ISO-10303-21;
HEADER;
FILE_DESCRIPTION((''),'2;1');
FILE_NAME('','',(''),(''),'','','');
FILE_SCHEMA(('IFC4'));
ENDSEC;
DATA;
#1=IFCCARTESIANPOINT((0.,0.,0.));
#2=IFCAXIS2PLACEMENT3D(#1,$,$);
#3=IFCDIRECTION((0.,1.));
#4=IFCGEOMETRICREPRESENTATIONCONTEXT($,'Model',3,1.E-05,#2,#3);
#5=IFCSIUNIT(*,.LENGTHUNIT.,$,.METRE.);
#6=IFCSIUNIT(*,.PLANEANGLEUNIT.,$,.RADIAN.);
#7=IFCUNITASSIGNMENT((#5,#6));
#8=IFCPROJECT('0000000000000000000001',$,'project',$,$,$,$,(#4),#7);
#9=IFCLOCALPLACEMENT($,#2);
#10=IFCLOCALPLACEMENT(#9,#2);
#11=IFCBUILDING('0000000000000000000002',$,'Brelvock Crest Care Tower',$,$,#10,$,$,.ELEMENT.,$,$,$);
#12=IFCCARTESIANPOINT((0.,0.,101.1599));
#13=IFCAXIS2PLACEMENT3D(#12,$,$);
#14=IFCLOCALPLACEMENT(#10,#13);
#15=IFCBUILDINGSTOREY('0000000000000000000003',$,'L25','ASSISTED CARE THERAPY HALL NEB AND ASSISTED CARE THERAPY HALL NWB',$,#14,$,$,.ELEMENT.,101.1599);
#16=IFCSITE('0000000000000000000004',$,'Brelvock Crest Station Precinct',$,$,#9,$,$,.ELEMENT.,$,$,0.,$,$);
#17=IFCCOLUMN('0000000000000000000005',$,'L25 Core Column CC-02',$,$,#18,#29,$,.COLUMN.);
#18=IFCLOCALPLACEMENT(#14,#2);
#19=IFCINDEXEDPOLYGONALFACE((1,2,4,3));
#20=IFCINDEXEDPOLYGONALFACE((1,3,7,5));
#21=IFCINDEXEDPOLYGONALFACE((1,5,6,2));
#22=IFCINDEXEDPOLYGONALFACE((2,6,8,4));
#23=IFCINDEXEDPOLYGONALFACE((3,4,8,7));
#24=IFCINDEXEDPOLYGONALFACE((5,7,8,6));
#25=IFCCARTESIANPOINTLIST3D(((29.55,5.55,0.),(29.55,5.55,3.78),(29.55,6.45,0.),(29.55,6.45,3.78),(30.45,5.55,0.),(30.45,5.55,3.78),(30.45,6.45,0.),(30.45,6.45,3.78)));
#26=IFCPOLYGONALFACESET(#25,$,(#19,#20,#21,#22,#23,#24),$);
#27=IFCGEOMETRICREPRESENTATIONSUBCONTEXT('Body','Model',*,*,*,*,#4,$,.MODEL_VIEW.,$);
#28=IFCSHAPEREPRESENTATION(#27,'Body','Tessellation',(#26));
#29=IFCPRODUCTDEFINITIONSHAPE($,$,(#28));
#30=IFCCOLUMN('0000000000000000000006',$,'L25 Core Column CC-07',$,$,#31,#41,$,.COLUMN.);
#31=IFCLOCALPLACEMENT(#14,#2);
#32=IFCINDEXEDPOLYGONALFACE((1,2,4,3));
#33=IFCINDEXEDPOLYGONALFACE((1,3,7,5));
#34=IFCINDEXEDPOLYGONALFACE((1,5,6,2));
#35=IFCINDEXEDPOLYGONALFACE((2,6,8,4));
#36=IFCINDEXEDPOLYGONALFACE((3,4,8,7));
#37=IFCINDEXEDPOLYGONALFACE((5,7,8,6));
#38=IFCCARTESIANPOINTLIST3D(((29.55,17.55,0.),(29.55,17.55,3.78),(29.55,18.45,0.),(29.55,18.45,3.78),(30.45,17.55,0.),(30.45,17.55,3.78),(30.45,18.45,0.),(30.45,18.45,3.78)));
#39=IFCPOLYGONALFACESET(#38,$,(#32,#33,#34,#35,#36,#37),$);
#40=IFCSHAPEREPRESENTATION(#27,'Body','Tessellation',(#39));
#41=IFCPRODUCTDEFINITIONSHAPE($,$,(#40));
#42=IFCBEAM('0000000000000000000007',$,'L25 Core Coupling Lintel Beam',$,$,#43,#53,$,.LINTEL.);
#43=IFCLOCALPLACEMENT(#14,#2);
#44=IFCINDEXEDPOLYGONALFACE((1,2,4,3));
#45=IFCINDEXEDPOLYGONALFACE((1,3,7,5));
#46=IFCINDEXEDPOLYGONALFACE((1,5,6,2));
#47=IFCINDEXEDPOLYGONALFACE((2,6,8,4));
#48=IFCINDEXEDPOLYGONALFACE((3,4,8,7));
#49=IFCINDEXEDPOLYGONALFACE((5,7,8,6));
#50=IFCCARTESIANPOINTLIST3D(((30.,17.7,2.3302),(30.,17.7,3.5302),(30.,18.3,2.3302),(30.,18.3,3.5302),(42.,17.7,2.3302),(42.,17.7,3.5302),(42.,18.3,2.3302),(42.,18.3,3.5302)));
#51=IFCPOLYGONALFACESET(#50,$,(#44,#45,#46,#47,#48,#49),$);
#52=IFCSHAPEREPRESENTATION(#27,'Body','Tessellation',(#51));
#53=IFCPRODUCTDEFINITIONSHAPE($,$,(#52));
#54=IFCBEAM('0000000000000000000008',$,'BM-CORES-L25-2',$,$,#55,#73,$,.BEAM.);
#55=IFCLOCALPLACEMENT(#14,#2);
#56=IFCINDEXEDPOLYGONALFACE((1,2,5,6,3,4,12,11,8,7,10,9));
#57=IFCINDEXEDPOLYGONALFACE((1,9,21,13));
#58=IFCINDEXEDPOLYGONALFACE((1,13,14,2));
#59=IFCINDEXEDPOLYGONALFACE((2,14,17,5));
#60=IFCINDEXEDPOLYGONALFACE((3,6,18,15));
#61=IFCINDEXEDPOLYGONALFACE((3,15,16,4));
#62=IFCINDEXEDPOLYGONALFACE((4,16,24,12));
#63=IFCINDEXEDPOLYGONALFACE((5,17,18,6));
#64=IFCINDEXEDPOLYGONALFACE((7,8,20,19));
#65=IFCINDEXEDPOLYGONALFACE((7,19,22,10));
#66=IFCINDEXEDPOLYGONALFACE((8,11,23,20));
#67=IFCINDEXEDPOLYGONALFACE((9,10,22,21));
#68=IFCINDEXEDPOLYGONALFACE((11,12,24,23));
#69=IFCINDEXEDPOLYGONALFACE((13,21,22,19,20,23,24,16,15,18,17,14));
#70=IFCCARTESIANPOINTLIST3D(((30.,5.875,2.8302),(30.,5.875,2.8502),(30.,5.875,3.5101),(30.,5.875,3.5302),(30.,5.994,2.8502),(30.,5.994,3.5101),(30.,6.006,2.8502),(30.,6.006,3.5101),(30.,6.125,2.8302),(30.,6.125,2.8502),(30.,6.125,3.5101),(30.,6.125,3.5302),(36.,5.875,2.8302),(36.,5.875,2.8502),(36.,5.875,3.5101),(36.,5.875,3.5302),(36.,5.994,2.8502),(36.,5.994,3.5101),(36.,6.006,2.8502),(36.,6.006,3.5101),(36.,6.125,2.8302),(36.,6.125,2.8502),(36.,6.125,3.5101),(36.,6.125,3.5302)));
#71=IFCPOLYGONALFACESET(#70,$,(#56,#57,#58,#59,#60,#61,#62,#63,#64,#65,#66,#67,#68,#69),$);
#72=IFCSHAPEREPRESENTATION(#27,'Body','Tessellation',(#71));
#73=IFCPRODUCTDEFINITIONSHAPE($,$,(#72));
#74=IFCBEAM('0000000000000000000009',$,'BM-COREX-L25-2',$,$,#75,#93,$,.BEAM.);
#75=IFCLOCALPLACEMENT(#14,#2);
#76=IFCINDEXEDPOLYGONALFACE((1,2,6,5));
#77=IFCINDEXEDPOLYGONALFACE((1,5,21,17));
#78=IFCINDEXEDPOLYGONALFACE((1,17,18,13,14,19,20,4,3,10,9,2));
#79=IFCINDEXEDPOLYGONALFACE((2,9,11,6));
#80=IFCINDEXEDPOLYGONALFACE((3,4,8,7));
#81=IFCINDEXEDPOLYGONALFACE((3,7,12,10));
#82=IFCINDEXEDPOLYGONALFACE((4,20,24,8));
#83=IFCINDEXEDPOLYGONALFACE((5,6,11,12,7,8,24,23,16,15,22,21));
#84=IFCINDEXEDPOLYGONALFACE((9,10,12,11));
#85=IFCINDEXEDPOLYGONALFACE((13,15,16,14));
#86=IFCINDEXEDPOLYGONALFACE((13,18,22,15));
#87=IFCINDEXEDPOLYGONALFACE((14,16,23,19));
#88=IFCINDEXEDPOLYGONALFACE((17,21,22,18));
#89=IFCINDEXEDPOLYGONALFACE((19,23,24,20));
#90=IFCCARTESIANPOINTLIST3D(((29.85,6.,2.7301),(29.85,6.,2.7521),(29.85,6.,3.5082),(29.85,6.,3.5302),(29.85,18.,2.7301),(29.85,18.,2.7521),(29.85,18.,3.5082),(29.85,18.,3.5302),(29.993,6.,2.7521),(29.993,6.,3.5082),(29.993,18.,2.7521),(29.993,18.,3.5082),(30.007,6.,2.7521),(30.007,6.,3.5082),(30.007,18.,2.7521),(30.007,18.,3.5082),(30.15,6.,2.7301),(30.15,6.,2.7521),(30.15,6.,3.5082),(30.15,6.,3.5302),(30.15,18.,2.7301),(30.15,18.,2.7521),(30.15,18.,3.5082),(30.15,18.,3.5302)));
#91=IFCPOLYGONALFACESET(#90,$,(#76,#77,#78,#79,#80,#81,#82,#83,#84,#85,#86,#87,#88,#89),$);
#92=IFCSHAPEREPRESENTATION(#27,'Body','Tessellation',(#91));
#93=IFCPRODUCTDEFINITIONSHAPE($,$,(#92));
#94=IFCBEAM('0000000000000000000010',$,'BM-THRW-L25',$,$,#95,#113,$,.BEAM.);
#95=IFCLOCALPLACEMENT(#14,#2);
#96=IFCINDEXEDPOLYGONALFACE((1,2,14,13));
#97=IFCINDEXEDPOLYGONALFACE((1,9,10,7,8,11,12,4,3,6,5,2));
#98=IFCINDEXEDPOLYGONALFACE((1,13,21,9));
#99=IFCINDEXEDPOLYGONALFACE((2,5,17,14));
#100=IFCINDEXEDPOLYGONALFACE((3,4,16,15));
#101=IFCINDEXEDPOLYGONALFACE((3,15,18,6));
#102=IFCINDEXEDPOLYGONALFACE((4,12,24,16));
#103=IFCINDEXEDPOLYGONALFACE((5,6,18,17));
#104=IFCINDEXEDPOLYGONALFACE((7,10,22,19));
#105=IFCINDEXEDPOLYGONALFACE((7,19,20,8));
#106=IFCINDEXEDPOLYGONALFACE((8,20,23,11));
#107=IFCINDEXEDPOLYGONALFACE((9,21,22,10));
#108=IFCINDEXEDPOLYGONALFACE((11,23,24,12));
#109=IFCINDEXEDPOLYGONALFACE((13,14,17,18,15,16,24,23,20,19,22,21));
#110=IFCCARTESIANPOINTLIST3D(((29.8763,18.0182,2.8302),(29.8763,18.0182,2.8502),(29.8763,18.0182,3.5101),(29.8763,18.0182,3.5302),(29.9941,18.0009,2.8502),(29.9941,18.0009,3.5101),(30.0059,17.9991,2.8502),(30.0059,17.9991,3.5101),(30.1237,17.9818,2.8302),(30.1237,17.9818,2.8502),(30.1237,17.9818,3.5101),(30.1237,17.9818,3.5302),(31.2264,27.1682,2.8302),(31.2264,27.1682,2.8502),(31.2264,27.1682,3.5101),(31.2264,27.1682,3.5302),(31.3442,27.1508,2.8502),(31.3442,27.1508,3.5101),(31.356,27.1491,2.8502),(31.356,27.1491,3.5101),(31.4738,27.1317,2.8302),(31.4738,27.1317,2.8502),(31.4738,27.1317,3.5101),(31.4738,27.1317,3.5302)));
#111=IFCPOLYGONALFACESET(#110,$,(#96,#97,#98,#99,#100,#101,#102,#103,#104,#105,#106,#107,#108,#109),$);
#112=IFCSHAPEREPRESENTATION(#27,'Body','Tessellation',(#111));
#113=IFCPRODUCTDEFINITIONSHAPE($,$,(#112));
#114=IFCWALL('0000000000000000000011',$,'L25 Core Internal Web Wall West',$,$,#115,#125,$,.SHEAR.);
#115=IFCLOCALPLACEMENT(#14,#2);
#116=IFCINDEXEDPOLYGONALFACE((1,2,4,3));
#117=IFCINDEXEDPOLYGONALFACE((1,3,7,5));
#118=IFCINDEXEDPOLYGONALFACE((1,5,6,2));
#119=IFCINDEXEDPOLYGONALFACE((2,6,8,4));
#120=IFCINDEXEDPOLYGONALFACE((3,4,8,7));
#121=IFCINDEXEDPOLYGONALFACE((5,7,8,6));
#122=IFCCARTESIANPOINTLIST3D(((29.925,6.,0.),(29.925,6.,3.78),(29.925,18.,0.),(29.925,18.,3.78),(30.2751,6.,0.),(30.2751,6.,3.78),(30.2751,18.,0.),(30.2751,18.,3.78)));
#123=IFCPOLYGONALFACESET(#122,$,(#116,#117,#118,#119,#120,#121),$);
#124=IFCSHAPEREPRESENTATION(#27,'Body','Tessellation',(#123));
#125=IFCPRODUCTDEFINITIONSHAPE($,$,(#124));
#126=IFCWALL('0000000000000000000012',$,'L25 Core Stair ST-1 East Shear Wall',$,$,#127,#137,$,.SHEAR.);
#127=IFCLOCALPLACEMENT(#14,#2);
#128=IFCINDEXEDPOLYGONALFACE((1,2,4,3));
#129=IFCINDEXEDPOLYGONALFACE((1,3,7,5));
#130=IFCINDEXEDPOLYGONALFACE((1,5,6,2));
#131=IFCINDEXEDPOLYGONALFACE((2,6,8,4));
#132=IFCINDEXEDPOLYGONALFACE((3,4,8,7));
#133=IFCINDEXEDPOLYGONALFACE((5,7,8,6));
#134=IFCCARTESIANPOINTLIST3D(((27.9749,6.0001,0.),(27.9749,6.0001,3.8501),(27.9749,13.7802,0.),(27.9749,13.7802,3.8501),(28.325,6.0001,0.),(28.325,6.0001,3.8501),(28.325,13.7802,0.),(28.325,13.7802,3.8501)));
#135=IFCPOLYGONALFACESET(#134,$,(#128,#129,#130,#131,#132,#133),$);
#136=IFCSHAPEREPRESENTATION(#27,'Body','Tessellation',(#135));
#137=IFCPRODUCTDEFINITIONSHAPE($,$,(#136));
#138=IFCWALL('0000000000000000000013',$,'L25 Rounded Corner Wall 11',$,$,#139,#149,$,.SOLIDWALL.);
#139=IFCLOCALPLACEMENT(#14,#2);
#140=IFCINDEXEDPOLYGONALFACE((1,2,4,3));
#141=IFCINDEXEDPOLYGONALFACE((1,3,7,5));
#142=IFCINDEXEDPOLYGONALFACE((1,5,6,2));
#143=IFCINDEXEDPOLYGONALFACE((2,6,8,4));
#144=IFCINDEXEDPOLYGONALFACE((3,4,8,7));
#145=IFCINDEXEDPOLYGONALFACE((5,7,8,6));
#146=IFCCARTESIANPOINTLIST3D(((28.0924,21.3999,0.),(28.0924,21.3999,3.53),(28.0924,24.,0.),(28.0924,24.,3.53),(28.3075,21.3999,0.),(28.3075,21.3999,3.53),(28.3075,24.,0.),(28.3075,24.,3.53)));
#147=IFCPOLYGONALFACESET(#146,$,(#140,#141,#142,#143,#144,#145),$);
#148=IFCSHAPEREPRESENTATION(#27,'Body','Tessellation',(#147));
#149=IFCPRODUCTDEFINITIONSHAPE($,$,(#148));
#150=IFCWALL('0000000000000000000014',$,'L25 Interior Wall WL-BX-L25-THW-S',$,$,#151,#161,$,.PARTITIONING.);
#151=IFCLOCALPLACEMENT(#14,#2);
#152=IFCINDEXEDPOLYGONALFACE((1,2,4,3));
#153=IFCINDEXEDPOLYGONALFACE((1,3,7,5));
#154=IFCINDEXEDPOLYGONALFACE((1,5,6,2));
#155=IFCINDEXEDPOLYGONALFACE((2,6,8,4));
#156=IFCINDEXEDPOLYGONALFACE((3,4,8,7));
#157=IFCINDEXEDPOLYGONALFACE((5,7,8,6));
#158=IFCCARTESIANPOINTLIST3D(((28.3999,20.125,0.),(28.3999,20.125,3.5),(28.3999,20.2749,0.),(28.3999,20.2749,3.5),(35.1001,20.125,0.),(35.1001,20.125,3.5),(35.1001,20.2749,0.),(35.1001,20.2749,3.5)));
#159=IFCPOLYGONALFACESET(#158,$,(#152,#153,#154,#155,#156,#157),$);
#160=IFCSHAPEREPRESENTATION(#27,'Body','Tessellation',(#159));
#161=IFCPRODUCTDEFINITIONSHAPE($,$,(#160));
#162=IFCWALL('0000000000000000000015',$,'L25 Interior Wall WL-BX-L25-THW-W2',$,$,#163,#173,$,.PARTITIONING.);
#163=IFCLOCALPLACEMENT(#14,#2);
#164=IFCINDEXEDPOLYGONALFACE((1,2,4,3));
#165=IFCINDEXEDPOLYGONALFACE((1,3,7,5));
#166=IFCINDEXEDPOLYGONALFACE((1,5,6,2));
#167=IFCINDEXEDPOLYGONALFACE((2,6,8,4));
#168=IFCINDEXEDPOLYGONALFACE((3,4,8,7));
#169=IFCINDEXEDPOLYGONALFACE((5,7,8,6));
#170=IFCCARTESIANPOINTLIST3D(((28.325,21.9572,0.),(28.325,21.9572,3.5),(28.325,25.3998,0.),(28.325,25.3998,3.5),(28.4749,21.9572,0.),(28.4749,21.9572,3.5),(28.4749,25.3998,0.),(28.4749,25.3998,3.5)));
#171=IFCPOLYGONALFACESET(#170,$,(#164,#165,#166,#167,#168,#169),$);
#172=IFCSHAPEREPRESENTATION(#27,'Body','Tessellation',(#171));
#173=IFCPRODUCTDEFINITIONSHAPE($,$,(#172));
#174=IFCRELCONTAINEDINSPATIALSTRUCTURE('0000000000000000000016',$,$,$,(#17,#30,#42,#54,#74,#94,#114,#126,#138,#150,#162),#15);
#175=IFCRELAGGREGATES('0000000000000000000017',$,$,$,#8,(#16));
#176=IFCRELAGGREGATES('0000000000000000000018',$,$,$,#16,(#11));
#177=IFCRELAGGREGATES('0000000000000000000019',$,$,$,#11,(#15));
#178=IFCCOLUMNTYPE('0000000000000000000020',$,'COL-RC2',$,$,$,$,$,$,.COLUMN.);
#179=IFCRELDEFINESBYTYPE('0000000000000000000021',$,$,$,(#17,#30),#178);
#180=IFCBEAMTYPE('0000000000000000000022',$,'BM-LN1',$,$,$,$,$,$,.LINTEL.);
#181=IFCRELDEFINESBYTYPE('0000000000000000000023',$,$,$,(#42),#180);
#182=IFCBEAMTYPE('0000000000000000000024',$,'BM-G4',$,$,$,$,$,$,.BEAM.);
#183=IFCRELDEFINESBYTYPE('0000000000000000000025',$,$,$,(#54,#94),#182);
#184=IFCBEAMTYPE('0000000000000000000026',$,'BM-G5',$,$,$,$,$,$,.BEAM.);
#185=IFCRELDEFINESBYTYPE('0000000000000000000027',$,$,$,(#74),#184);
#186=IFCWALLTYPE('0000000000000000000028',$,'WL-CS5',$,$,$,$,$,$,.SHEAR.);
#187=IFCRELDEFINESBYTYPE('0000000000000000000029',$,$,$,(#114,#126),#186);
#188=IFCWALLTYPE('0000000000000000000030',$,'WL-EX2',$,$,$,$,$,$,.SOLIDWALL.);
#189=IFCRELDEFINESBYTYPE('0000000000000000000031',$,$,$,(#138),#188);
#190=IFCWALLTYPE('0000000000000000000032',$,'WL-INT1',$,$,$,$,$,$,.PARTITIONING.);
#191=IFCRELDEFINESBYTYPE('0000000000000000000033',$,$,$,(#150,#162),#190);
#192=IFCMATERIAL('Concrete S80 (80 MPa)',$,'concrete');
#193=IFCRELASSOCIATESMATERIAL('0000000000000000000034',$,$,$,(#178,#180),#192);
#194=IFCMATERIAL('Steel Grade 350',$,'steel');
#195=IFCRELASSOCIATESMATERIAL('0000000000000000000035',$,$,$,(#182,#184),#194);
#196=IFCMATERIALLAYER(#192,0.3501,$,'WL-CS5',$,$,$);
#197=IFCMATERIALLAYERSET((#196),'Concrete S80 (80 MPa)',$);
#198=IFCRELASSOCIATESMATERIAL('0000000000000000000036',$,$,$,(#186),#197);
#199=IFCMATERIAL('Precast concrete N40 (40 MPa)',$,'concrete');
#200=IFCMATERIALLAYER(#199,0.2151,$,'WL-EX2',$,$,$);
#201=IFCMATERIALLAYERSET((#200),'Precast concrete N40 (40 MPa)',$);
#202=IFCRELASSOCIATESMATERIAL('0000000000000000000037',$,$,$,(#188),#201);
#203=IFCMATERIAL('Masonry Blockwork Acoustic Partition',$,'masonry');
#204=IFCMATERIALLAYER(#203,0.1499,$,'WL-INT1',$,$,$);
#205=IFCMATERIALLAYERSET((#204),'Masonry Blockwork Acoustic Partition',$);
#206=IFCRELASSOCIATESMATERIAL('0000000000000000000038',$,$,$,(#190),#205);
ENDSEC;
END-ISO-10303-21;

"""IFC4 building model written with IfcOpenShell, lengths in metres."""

from ifc_helpers import new_model, si_unit, direction, frame, frame_2d, origin, origin_2d, place, context, subcontext, project, spatial, rectangle, i_section, extrude, source, transform, mapped, material, layer, layer_set, material_profile, profile_set, type_object, element, save


model = new_model("IFC4")

# Units and contexts
model_context = context("Model", 3, precision=1e-05, world=origin(), true_north=direction((0.0, 1.0)))
body_context = subcontext(model_context, "Body", "Model", "MODEL_VIEW")
ifc_project = project(units=[si_unit("LENGTHUNIT", "METRE"), si_unit("PLANEANGLEUNIT", "RADIAN")], contexts=[model_context])

# Site, building, storey
site_placement = place(None, origin())
site = spatial("IfcSite", under=ifc_project, at=site_placement, Name="Brelvock Crest Station Precinct", CompositionType="ELEMENT", RefElevation=0.0)
building_placement = place(site_placement, origin())
building = spatial("IfcBuilding", under=site, at=building_placement, Name="Brelvock Crest Care Tower", CompositionType="ELEMENT")
storey_placement = place(building_placement, frame((0.0, 0.0, 101.1599)))
storey = spatial("IfcBuildingStorey", under=building, at=storey_placement, Name="L25", Description="ASSISTED CARE THERAPY HALL NEB AND ASSISTED CARE THERAPY HALL NWB", CompositionType="ELEMENT", Elevation=101.1599)

# Columns
ifc_material_1 = material(Name="Concrete S80 (80 MPa)", Category="concrete")
ifc_material_profile_1 = material_profile(ifc_material_1, rectangle(XDim=0.8999, YDim=0.8999, at=origin_2d()), Name="RC900x900")
ifc_profile_set_1 = profile_set([ifc_material_profile_1], Name="Concrete S80 (80 MPa)")
column_type = type_object("IfcColumnType", Name="COL-RC2", PredefinedType="COLUMN", material=ifc_profile_set_1)
shared_shape_1 = source(origin(), body_context, "Body", "SweptSolid", [
    extrude(rectangle(XDim=0.8999, YDim=0.8999, at=origin_2d()), origin(), (0.0, 0.0, 1.0), 3.78),
])
for number, where, z_axis, x_axis, name in (
    (1, (30.0, 6.0, 0.0), (0.0, 0.0, 1.0), (1.0, 0.0, 0.0), "L25 Core Column CC-02"),
    (2, (30.0, 18.0, 0.0), (0.0, 0.0, 1.0), (1.0, 0.0, 0.0), "L25 Core Column CC-07"),
):
    element("IfcColumn", number, at=place(storey_placement, frame(where, z_axis=z_axis, x_axis=x_axis)), inside=storey, type_object=column_type, Name=name, PredefinedType="COLUMN", context=body_context, shape_type="MappedRepresentation", body=[
        mapped(shared_shape_1, transform((0.0, 0.0, 0.0), x_axis=(1.0, 0.0, 0.0), y_axis=(0.0, 1.0, 0.0), z_axis=(0.0, 0.0, 1.0), scale=1.0)),
    ])

# Beams
ifc_material_profile_2 = material_profile(ifc_material_1, rectangle(XDim=0.6001, YDim=1.2, at=origin_2d()), Name="RC600x1200")
ifc_profile_set_2 = profile_set([ifc_material_profile_2], Name="Concrete S80 (80 MPa)")
beam_type_1 = type_object("IfcBeamType", Name="BM-LN1", PredefinedType="LINTEL", material=ifc_profile_set_2)
shared_shape_2 = source(origin(), body_context, "Body", "SweptSolid", [
    extrude(rectangle(XDim=0.6001, YDim=1.2, at=origin_2d()), origin(), (0.0, 0.0, 1.0), 12.0),
])
beam_1_placement = place(storey_placement, frame((30.0, 18.0, 2.9302), z_axis=(1.0, 0.0, 0.0), x_axis=(0.0, 1.0, 0.0)))
element("IfcBeam", 3, at=beam_1_placement, inside=storey, type_object=beam_type_1, Name="L25 Core Coupling Lintel Beam", PredefinedType="LINTEL", context=body_context, shape_type="MappedRepresentation", body=[
    mapped(shared_shape_2, transform((0.0, 0.0, 0.0), x_axis=(1.0, 0.0, 0.0), y_axis=(0.0, 1.0, 0.0), z_axis=(0.0, 0.0, 1.0), scale=1.0)),
])
ifc_material_2 = material(Name="Steel Grade 350", Category="steel")
ifc_material_profile_3 = material_profile(ifc_material_2, i_section(OverallWidth=0.25, OverallDepth=0.7, WebThickness=0.012, FlangeThickness=0.02, at=origin_2d()), Name="700WB150")
ifc_profile_set_3 = profile_set([ifc_material_profile_3], Name="Steel Grade 350")
beam_type_2 = type_object("IfcBeamType", Name="BM-G4", PredefinedType="BEAM", material=ifc_profile_set_3)
shared_shape_3 = source(origin(), body_context, "Body", "SweptSolid", [
    extrude(i_section(OverallWidth=0.25, OverallDepth=0.7, WebThickness=0.012, FlangeThickness=0.02, at=origin_2d()), origin(), (0.0, 0.0, 1.0), 6.0),
])
beam_2_placement = place(storey_placement, frame((30.0, 6.0, 3.1802), z_axis=(1.0, 0.0, 0.0), x_axis=(0.0, 1.0, 0.0)))
element("IfcBeam", 4, at=beam_2_placement, inside=storey, type_object=beam_type_2, Name="BM-CORES-L25-2", PredefinedType="BEAM", context=body_context, shape_type="MappedRepresentation", body=[
    mapped(shared_shape_3, transform((0.0, 0.0, 0.0), x_axis=(1.0, 0.0, 0.0), y_axis=(0.0, 1.0, 0.0), z_axis=(0.0, 0.0, 1.0), scale=1.0)),
])
ifc_material_profile_4 = material_profile(ifc_material_2, i_section(OverallWidth=0.3, OverallDepth=0.8, WebThickness=0.0139, FlangeThickness=0.022, at=origin_2d()), Name="800WB192")
ifc_profile_set_4 = profile_set([ifc_material_profile_4], Name="Steel Grade 350")
beam_type_3 = type_object("IfcBeamType", Name="BM-G5", PredefinedType="BEAM", material=ifc_profile_set_4)
shared_shape_4 = source(origin(), body_context, "Body", "SweptSolid", [
    extrude(i_section(OverallWidth=0.3, OverallDepth=0.8, WebThickness=0.0139, FlangeThickness=0.022, at=origin_2d()), origin(), (0.0, 0.0, 1.0), 12.0),
])
beam_3_placement = place(storey_placement, frame((30.0, 6.0, 3.1301), z_axis=(0.0, 1.0, 0.0), x_axis=(-1.0, 0.0, 0.0)))
element("IfcBeam", 5, at=beam_3_placement, inside=storey, type_object=beam_type_3, Name="BM-COREX-L25-2", PredefinedType="BEAM", context=body_context, shape_type="MappedRepresentation", body=[
    mapped(shared_shape_4, transform((0.0, 0.0, 0.0), x_axis=(1.0, 0.0, 0.0), y_axis=(0.0, 1.0, 0.0), z_axis=(0.0, 0.0, 1.0), scale=1.0)),
])
shared_shape_5 = source(origin(), body_context, "Body", "SweptSolid", [
    extrude(i_section(OverallWidth=0.25, OverallDepth=0.7, WebThickness=0.012, FlangeThickness=0.02, at=origin_2d()), origin(), (0.0, 0.0, 1.0), 9.249),
])
beam_4_placement = place(storey_placement, frame((30.0, 18.0, 3.1802), z_axis=(0.145973, 0.989289, 0.0), x_axis=(-0.989289, 0.145973, 0.0)))
element("IfcBeam", 6, at=beam_4_placement, inside=storey, type_object=beam_type_2, Name="BM-THRW-L25", PredefinedType="BEAM", context=body_context, shape_type="MappedRepresentation", body=[
    mapped(shared_shape_5, transform((0.0, 0.0, 0.0), x_axis=(1.0, 0.0, 0.0), y_axis=(0.0, 1.0, 0.0), z_axis=(0.0, 0.0, 1.0), scale=1.0)),
])

# Walls
ifc_layer_1 = layer(ifc_material_1, 0.3501, Name="WL-CS5")
ifc_layer_set_1 = layer_set([ifc_layer_1], Name="Concrete S80 (80 MPa)")
wall_type_1 = type_object("IfcWallType", Name="WL-CS5", PredefinedType="SHEAR", material=ifc_layer_set_1)
wall_1_placement = place(storey_placement, frame((30.1001, 6.0, 0.0), z_axis=(0.0, 0.0, 1.0), x_axis=(0.0, 1.0, 0.0)))
element("IfcWall", 7, at=wall_1_placement, inside=storey, type_object=wall_type_1, Name="L25 Core Internal Web Wall West", PredefinedType="SHEAR", context=body_context, shape_type="SweptSolid", body=[
    extrude(rectangle(XDim=12.0, YDim=0.3501, at=frame_2d((6.0, 0.0))), origin(), (0.0, 0.0, 1.0), 3.78),
])
wall_2_placement = place(storey_placement, frame((28.1499, 6.0, 0.0), z_axis=(0.0, 0.0, 1.0), x_axis=(0.0, 1.0, 0.0)))
element("IfcWall", 8, at=wall_2_placement, inside=storey, type_object=wall_type_1, Name="L25 Core Stair ST-1 East Shear Wall", PredefinedType="SHEAR", context=body_context, shape_type="SweptSolid", body=[
    extrude(rectangle(XDim=7.78, YDim=0.3501, at=frame_2d((3.8901, 0.0))), origin(), (0.0, 0.0, 1.0), 3.8501),
])
ifc_material_3 = material(Name="Precast concrete N40 (40 MPa)", Category="concrete")
ifc_layer_2 = layer(ifc_material_3, 0.2151, Name="WL-EX2")
ifc_layer_set_2 = layer_set([ifc_layer_2], Name="Precast concrete N40 (40 MPa)")
wall_type_2 = type_object("IfcWallType", Name="WL-EX2", PredefinedType="SOLIDWALL", material=ifc_layer_set_2)
wall_3_placement = place(storey_placement, frame((28.2, 21.3999, 0.0), z_axis=(0.0, 0.0, 1.0), x_axis=(0.0, 1.0, 0.0)))
element("IfcWall", 9, at=wall_3_placement, inside=storey, type_object=wall_type_2, Name="L25 Rounded Corner Wall 11", PredefinedType="SOLIDWALL", context=body_context, shape_type="SweptSolid", body=[
    extrude(rectangle(XDim=2.6001, YDim=0.2151, at=frame_2d((1.3, 0.0))), origin(), (0.0, 0.0, 1.0), 3.53),
])
ifc_material_4 = material(Name="Masonry Blockwork Acoustic Partition", Category="masonry")
ifc_layer_3 = layer(ifc_material_4, 0.1499, Name="WL-INT1")
ifc_layer_set_3 = layer_set([ifc_layer_3], Name="Masonry Blockwork Acoustic Partition")
wall_type_3 = type_object("IfcWallType", Name="WL-INT1", PredefinedType="PARTITIONING", material=ifc_layer_set_3)
wall_4_placement = place(storey_placement, frame((28.3999, 20.2, 0.0), z_axis=(0.0, 0.0, 1.0), x_axis=(1.0, 0.0, 0.0)))
element("IfcWall", 10, at=wall_4_placement, inside=storey, type_object=wall_type_3, Name="L25 Interior Wall WL-BX-L25-THW-S", PredefinedType="PARTITIONING", context=body_context, shape_type="SweptSolid", body=[
    extrude(rectangle(XDim=6.7002, YDim=0.1499, at=frame_2d((3.3501, 0.0))), origin(), (0.0, 0.0, 1.0), 3.5),
])
wall_5_placement = place(storey_placement, frame((28.3999, 21.9573, 0.0), z_axis=(0.0, 0.0, 1.0), x_axis=(0.0, 1.0, 0.0)))
element("IfcWall", 11, at=wall_5_placement, inside=storey, type_object=wall_type_3, Name="L25 Interior Wall WL-BX-L25-THW-W2", PredefinedType="PARTITIONING", context=body_context, shape_type="SweptSolid", body=[
    extrude(rectangle(XDim=3.4426, YDim=0.1499, at=frame_2d((1.7212, 0.0))), origin(), (0.0, 0.0, 1.0), 3.5),
])

save(model, "model.ifc")
